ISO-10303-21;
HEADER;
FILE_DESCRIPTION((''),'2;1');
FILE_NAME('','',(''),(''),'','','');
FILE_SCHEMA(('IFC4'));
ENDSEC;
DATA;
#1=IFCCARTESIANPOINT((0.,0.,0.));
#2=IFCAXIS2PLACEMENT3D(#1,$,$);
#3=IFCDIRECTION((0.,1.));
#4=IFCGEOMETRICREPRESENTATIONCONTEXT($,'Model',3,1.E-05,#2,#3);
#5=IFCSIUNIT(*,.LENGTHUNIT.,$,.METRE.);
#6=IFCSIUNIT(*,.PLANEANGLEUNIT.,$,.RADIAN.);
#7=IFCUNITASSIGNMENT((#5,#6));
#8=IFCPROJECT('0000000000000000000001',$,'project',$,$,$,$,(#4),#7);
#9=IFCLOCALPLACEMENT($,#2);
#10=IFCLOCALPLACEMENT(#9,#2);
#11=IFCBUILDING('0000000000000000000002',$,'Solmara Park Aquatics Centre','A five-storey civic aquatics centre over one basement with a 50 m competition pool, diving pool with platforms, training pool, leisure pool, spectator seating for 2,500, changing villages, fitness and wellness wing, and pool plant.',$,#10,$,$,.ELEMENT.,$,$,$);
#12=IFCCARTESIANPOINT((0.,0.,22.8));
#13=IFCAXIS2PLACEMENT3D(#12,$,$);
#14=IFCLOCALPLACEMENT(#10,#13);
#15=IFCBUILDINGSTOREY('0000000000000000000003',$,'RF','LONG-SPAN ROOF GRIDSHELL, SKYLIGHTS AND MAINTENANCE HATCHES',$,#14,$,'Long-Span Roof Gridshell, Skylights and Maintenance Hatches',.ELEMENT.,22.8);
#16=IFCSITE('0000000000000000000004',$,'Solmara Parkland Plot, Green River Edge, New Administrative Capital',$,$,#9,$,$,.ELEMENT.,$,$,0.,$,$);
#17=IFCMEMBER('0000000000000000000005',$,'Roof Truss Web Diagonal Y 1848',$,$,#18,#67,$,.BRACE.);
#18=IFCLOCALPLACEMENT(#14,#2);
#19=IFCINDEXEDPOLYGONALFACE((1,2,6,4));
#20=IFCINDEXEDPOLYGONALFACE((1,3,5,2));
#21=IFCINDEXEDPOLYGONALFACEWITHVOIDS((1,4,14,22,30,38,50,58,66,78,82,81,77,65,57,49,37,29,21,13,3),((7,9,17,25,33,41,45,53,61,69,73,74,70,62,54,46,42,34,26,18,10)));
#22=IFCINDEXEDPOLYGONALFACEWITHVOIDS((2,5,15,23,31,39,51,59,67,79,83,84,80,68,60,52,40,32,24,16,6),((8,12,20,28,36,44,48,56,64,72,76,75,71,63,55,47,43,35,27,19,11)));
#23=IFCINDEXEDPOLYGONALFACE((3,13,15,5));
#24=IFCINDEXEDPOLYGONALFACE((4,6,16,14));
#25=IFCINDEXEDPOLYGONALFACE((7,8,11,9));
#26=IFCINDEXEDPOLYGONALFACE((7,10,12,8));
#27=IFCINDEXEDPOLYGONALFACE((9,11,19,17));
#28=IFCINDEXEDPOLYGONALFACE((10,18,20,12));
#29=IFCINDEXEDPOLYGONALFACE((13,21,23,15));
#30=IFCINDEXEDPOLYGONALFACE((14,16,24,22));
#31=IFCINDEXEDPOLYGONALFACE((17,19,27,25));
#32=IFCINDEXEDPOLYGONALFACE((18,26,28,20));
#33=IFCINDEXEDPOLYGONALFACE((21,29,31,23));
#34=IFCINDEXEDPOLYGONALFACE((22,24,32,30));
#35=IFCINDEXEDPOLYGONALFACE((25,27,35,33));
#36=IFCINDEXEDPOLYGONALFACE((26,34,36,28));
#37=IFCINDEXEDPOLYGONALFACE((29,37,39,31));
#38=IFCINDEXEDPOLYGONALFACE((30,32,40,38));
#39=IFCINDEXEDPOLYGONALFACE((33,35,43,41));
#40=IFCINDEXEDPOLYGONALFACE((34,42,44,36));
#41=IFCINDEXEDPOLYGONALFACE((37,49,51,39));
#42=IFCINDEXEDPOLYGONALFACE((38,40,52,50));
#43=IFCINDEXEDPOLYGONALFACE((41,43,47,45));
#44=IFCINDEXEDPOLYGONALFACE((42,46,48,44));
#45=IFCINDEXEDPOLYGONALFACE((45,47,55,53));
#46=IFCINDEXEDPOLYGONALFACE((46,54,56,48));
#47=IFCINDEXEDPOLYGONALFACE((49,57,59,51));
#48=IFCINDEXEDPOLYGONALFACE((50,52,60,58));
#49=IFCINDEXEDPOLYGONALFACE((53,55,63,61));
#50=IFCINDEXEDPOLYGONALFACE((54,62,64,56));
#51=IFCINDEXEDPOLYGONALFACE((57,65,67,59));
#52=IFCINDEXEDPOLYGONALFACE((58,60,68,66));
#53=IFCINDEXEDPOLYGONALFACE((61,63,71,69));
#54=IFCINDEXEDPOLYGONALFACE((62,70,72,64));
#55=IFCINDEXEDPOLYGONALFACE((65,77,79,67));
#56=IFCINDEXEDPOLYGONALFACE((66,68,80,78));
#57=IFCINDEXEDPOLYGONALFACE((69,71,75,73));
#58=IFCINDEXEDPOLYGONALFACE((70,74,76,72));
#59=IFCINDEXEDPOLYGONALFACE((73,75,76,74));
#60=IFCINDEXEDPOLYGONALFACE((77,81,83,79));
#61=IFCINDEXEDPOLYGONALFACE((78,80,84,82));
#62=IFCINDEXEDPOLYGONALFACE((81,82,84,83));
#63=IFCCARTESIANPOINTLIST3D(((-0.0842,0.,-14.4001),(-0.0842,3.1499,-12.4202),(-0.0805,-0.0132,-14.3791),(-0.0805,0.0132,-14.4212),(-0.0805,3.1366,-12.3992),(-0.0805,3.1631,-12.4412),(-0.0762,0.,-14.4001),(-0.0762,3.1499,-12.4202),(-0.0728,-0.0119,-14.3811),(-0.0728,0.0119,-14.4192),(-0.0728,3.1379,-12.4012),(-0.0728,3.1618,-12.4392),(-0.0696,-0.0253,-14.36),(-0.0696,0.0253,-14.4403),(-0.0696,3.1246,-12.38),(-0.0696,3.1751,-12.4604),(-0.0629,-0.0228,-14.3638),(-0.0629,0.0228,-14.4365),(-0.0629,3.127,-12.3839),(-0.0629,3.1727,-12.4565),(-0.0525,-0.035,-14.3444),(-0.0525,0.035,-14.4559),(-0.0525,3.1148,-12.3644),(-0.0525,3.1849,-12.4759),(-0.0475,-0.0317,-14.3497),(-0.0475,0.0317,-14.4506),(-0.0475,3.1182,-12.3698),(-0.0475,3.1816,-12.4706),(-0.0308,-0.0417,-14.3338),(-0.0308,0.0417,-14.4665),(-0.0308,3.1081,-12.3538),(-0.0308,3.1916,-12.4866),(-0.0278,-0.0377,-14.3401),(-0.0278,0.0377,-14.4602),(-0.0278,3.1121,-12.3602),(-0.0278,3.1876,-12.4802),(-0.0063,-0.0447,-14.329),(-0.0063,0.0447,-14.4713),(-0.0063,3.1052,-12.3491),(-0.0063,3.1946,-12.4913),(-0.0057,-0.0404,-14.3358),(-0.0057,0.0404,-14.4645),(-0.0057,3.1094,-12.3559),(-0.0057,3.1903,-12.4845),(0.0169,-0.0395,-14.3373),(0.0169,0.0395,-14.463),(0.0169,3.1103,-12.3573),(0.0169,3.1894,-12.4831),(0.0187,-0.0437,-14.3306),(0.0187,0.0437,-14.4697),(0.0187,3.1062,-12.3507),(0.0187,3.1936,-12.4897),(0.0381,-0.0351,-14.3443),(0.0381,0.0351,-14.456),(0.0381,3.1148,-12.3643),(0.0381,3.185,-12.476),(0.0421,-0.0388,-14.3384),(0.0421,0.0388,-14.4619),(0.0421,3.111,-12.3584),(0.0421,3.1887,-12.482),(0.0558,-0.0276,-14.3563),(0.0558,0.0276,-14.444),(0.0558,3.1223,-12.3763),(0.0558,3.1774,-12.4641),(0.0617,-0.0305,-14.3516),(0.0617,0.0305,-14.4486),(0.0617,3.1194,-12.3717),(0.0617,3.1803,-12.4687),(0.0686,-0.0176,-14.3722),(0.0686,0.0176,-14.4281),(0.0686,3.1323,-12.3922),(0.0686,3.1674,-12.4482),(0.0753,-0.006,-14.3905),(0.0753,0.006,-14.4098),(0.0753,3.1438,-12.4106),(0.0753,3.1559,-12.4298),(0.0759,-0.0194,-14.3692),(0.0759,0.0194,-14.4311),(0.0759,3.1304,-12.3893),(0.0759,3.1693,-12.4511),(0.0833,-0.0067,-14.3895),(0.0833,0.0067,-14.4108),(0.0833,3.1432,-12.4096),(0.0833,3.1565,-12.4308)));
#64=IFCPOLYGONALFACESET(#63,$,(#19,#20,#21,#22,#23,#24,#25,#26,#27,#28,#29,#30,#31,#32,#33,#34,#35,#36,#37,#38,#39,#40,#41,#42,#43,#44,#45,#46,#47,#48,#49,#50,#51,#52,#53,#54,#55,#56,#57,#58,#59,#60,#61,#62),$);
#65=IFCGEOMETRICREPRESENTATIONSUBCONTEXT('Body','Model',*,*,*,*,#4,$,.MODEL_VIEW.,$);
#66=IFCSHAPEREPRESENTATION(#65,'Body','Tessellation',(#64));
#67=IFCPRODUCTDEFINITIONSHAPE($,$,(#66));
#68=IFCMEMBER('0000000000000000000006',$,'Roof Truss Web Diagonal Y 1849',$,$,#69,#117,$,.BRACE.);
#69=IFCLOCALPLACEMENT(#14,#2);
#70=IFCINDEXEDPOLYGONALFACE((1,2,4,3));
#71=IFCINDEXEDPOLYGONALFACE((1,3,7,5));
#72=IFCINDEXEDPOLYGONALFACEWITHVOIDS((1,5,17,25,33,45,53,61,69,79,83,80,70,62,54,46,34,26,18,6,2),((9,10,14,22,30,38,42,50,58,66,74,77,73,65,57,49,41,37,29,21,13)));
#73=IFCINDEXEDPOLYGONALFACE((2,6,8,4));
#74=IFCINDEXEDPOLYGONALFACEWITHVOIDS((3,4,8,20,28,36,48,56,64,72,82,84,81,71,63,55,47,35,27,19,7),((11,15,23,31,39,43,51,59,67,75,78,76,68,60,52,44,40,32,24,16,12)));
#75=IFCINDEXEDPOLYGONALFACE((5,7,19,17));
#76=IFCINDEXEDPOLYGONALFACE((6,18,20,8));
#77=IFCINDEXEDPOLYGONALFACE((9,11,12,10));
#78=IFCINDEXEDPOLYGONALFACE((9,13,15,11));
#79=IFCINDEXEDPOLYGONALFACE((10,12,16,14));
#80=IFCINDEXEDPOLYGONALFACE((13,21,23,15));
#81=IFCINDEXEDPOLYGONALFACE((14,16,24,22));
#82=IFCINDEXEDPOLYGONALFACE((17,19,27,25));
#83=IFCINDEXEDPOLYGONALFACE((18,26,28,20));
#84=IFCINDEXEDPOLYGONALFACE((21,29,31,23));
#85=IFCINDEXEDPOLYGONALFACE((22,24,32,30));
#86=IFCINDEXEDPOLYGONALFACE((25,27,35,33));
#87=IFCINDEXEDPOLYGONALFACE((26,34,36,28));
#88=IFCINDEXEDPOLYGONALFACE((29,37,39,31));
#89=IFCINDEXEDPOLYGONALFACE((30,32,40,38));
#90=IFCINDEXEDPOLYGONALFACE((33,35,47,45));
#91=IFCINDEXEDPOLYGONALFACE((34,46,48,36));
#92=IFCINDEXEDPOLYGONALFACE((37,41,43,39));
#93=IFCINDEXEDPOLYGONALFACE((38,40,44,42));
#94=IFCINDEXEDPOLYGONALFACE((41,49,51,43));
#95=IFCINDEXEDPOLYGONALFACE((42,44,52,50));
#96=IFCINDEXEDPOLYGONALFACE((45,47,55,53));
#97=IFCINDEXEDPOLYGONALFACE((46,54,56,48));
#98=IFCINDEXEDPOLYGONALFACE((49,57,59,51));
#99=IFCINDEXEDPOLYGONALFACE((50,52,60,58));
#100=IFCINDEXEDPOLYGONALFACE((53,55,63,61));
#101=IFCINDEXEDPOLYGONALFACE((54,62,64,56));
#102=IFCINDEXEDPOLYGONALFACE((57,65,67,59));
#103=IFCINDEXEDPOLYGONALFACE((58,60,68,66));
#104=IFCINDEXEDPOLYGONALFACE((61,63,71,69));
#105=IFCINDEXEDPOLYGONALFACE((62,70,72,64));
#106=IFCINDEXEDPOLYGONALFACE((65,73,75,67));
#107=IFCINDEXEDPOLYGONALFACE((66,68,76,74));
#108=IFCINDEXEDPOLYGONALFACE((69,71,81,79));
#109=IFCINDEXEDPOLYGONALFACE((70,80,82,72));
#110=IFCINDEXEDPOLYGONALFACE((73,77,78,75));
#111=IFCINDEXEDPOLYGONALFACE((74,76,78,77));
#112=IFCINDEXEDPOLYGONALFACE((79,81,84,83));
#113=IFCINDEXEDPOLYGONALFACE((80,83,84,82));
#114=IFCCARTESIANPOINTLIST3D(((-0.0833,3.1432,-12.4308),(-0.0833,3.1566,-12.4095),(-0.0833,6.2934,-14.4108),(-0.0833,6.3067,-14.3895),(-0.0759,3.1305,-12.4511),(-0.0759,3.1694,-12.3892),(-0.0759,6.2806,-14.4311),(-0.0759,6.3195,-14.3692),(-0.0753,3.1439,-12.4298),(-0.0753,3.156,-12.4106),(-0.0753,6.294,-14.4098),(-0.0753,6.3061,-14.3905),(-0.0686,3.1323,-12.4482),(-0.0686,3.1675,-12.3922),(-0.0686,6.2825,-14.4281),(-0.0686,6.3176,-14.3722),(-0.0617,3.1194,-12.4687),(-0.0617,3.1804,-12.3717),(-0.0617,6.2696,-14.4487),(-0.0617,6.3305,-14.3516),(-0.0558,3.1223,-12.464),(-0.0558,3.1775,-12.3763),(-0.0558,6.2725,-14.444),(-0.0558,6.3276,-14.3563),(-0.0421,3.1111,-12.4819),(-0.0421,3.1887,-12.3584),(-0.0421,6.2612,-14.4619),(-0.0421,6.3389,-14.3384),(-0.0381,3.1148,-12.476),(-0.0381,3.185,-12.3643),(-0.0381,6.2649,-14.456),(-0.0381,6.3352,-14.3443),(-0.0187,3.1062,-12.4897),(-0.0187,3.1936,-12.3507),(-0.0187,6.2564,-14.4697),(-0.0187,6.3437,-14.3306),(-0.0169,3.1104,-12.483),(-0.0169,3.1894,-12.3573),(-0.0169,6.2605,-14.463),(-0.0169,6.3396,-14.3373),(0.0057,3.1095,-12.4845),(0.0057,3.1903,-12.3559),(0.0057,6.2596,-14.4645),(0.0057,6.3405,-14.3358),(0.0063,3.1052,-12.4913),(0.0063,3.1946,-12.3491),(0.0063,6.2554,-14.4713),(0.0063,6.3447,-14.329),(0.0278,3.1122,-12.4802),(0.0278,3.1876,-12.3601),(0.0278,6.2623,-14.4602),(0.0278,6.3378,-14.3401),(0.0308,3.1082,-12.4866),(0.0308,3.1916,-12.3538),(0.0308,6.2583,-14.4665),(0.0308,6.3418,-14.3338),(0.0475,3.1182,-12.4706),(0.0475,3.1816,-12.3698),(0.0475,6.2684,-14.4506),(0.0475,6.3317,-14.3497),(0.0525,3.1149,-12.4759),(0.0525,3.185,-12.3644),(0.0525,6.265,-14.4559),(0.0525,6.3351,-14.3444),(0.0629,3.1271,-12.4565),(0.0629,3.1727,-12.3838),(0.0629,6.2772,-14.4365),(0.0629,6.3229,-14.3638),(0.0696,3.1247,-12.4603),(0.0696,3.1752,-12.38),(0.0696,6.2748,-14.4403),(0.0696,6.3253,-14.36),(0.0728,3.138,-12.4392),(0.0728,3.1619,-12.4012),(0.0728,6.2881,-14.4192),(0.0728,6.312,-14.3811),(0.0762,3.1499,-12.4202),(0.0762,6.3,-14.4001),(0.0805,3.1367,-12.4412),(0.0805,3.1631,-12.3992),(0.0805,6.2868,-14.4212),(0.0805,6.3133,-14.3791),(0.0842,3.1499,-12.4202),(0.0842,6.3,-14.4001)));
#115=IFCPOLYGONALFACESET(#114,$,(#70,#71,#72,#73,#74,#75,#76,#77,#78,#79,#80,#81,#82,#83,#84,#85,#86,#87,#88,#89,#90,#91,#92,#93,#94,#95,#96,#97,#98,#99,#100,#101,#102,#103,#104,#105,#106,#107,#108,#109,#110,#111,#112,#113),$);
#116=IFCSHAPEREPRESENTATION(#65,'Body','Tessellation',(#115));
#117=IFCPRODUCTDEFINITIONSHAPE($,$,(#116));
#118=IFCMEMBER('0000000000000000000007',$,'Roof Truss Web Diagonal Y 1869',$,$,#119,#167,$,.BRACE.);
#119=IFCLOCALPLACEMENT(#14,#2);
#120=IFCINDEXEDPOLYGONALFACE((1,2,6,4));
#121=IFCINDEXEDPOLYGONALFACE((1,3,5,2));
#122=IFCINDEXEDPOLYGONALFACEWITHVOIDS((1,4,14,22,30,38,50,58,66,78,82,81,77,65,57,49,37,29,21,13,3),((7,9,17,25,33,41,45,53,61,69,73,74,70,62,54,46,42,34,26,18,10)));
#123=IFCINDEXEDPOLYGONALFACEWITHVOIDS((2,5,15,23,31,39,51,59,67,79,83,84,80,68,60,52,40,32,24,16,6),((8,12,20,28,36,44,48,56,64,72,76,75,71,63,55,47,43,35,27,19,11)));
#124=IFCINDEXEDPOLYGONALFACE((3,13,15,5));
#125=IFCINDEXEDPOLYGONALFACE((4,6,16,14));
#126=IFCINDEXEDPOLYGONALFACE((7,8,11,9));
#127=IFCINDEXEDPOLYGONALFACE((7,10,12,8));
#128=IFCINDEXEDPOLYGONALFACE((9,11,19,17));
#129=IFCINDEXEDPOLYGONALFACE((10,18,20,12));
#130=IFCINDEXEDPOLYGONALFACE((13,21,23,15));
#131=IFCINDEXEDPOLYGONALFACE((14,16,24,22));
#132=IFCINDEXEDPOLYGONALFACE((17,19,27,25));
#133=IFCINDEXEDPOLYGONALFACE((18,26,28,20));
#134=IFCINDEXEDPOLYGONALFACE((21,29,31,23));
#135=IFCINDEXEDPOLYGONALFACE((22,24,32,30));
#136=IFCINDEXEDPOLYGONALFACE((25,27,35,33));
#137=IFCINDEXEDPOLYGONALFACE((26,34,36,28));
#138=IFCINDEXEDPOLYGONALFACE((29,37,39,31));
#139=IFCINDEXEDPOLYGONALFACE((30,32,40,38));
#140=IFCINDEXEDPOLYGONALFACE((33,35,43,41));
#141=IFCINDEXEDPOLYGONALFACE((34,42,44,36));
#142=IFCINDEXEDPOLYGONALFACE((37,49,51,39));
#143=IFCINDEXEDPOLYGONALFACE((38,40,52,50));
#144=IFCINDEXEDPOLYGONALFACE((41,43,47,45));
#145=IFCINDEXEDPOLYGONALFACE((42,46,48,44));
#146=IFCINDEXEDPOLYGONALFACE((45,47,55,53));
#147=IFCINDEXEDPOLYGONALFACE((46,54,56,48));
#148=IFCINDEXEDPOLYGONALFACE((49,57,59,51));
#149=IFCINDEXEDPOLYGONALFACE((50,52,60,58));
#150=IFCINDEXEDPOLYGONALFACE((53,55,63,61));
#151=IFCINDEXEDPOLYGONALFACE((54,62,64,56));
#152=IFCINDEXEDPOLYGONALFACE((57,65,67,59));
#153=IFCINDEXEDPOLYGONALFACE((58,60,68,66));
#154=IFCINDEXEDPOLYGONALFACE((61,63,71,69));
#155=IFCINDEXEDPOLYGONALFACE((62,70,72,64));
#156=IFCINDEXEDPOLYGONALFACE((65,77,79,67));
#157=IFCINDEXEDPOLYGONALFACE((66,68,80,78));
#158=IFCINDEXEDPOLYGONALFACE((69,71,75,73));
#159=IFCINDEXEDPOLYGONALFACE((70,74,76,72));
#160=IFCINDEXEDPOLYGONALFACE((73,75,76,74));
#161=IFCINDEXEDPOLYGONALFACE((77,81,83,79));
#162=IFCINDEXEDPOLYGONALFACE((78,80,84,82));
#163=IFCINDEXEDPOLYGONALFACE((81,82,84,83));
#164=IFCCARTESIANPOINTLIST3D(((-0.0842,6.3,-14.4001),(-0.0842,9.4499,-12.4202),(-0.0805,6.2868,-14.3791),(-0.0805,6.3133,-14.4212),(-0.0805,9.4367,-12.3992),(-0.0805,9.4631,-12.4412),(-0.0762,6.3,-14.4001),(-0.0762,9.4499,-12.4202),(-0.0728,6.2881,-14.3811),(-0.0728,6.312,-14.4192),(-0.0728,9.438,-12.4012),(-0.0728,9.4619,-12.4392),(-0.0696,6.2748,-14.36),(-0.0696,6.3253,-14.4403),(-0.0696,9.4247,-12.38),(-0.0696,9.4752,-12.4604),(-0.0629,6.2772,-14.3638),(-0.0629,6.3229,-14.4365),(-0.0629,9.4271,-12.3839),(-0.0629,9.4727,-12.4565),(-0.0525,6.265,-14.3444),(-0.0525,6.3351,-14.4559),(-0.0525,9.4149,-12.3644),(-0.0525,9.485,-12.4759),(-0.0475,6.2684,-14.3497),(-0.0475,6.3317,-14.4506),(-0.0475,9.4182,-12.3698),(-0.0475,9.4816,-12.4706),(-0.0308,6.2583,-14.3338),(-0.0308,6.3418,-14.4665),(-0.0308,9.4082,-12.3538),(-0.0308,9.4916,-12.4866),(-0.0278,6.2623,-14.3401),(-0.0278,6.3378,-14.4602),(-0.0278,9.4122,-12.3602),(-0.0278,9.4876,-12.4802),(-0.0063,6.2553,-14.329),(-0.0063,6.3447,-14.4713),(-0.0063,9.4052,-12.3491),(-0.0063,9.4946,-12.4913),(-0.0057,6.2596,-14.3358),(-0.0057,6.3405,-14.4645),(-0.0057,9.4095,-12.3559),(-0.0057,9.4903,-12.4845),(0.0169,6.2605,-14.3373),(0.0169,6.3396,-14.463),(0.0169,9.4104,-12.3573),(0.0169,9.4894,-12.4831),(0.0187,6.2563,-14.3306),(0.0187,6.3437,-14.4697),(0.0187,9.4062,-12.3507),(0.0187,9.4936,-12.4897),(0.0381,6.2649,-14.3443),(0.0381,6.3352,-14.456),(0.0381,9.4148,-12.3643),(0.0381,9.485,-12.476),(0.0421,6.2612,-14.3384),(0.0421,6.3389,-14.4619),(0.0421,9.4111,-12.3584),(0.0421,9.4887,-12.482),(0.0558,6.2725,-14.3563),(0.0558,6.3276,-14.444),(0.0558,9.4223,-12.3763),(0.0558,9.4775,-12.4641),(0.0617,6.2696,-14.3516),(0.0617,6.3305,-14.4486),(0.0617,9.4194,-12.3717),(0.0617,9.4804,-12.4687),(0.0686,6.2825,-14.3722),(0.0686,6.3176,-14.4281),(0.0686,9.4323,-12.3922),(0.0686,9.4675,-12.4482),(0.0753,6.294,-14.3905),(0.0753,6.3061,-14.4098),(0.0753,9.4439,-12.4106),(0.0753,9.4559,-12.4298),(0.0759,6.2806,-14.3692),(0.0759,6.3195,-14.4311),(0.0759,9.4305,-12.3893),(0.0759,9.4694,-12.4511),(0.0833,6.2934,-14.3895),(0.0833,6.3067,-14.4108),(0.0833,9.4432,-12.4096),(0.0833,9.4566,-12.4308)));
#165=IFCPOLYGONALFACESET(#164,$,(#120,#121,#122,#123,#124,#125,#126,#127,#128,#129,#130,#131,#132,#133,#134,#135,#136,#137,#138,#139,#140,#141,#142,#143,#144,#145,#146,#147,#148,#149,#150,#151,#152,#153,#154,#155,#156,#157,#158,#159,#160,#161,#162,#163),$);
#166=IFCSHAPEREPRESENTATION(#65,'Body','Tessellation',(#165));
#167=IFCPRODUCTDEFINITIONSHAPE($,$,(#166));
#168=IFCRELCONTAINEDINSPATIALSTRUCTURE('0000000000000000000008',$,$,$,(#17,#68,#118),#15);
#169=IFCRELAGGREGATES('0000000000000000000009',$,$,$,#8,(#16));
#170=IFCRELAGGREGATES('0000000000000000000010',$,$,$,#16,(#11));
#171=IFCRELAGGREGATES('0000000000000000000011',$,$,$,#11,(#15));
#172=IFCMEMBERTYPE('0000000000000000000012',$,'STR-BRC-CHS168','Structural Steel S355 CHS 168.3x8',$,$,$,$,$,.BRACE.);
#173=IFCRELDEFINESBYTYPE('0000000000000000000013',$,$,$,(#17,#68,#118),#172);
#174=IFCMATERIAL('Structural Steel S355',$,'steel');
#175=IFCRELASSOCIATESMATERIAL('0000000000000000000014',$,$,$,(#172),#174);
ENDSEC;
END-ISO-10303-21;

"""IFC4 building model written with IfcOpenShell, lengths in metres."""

from ifc_helpers import new_model, si_unit, direction, frame, origin, origin_2d, place, context, subcontext, project, spatial, hollow_circle, extrude, material, material_profile, profile_set, type_object, element, save


model = new_model("IFC4")

# Units and contexts
model_context = context("Model", 3, precision=1e-05, world=origin(), true_north=direction((0.0, 1.0)))
body_context = subcontext(model_context, "Body", "Model", "MODEL_VIEW")
ifc_project = project(units=[si_unit("LENGTHUNIT", "METRE"), si_unit("PLANEANGLEUNIT", "RADIAN")], contexts=[model_context])

# Site, building, storey
site_placement = place(None, origin())
site = spatial("IfcSite", under=ifc_project, at=site_placement, Name="Solmara Parkland Plot, Green River Edge, New Administrative Capital", CompositionType="ELEMENT", RefElevation=0.0)
building_placement = place(site_placement, origin())
building = spatial("IfcBuilding", under=site, at=building_placement, Name="Solmara Park Aquatics Centre", Description="A five-storey civic aquatics centre over one basement with a 50 m competition pool, diving pool with platforms, training pool, leisure pool, spectator seating for 2,500, changing villages, fitness and wellness wing, and pool plant.", CompositionType="ELEMENT")
storey_placement = place(building_placement, frame((0.0, 0.0, 22.8)))
storey = spatial("IfcBuildingStorey", under=building, at=storey_placement, Name="RF", Description="LONG-SPAN ROOF GRIDSHELL, SKYLIGHTS AND MAINTENANCE HATCHES", LongName="Long-Span Roof Gridshell, Skylights and Maintenance Hatches", CompositionType="ELEMENT", Elevation=22.8)

# Members
ifc_material_1 = material(Name="Structural Steel S355", Category="steel")
ifc_material_profile_1 = material_profile(ifc_material_1, hollow_circle(Radius=0.0842, WallThickness=0.0081, at=origin_2d()), Name="CHS 168.3x8")
ifc_profile_set_1 = profile_set([ifc_material_profile_1], Name="Structural Steel S355")
member_type_1 = type_object("IfcMemberType", Name="STR-BRC-CHS168", Description="Structural Steel S355 CHS 168.3x8", PredefinedType="BRACE", material=ifc_profile_set_1)
member_1_placement = place(storey_placement, frame((0.0, 0.0, -14.4001), z_axis=(0.0, 0.846631, 0.53218), x_axis=(-1.0, 0.0, 0.0)))
element("IfcMember", 1, at=member_1_placement, inside=storey, type_object=member_type_1, Name="Roof Truss Web Diagonal Y 1848", PredefinedType="BRACE", context=body_context, shape_type="SweptSolid", body=[
    extrude(hollow_circle(Radius=0.0842, WallThickness=0.0081, at=origin_2d()), origin(), (0.0, 0.0, 1.0), 3.7205),
])
member_2_placement = place(storey_placement, frame((0.0, 6.3, -14.4001), z_axis=(0.0, -0.84665, 0.53215), x_axis=(1.0, 0.0, 0.0)))
element("IfcMember", 2, at=member_2_placement, inside=storey, type_object=member_type_1, Name="Roof Truss Web Diagonal Y 1849", PredefinedType="BRACE", context=body_context, shape_type="SweptSolid", body=[
    extrude(hollow_circle(Radius=0.0842, WallThickness=0.0081, at=origin_2d()), origin(), (0.0, 0.0, 1.0), 3.7207),
])
member_3_placement = place(storey_placement, frame((0.0, 6.3, -14.4001), z_axis=(0.0, 0.846631, 0.53218), x_axis=(-1.0, 0.0, 0.0)))
element("IfcMember", 3, at=member_3_placement, inside=storey, type_object=member_type_1, Name="Roof Truss Web Diagonal Y 1869", PredefinedType="BRACE", context=body_context, shape_type="SweptSolid", body=[
    extrude(hollow_circle(Radius=0.0842, WallThickness=0.0081, at=origin_2d()), origin(), (0.0, 0.0, 1.0), 3.7205),
])

save(model, "model.ifc")
